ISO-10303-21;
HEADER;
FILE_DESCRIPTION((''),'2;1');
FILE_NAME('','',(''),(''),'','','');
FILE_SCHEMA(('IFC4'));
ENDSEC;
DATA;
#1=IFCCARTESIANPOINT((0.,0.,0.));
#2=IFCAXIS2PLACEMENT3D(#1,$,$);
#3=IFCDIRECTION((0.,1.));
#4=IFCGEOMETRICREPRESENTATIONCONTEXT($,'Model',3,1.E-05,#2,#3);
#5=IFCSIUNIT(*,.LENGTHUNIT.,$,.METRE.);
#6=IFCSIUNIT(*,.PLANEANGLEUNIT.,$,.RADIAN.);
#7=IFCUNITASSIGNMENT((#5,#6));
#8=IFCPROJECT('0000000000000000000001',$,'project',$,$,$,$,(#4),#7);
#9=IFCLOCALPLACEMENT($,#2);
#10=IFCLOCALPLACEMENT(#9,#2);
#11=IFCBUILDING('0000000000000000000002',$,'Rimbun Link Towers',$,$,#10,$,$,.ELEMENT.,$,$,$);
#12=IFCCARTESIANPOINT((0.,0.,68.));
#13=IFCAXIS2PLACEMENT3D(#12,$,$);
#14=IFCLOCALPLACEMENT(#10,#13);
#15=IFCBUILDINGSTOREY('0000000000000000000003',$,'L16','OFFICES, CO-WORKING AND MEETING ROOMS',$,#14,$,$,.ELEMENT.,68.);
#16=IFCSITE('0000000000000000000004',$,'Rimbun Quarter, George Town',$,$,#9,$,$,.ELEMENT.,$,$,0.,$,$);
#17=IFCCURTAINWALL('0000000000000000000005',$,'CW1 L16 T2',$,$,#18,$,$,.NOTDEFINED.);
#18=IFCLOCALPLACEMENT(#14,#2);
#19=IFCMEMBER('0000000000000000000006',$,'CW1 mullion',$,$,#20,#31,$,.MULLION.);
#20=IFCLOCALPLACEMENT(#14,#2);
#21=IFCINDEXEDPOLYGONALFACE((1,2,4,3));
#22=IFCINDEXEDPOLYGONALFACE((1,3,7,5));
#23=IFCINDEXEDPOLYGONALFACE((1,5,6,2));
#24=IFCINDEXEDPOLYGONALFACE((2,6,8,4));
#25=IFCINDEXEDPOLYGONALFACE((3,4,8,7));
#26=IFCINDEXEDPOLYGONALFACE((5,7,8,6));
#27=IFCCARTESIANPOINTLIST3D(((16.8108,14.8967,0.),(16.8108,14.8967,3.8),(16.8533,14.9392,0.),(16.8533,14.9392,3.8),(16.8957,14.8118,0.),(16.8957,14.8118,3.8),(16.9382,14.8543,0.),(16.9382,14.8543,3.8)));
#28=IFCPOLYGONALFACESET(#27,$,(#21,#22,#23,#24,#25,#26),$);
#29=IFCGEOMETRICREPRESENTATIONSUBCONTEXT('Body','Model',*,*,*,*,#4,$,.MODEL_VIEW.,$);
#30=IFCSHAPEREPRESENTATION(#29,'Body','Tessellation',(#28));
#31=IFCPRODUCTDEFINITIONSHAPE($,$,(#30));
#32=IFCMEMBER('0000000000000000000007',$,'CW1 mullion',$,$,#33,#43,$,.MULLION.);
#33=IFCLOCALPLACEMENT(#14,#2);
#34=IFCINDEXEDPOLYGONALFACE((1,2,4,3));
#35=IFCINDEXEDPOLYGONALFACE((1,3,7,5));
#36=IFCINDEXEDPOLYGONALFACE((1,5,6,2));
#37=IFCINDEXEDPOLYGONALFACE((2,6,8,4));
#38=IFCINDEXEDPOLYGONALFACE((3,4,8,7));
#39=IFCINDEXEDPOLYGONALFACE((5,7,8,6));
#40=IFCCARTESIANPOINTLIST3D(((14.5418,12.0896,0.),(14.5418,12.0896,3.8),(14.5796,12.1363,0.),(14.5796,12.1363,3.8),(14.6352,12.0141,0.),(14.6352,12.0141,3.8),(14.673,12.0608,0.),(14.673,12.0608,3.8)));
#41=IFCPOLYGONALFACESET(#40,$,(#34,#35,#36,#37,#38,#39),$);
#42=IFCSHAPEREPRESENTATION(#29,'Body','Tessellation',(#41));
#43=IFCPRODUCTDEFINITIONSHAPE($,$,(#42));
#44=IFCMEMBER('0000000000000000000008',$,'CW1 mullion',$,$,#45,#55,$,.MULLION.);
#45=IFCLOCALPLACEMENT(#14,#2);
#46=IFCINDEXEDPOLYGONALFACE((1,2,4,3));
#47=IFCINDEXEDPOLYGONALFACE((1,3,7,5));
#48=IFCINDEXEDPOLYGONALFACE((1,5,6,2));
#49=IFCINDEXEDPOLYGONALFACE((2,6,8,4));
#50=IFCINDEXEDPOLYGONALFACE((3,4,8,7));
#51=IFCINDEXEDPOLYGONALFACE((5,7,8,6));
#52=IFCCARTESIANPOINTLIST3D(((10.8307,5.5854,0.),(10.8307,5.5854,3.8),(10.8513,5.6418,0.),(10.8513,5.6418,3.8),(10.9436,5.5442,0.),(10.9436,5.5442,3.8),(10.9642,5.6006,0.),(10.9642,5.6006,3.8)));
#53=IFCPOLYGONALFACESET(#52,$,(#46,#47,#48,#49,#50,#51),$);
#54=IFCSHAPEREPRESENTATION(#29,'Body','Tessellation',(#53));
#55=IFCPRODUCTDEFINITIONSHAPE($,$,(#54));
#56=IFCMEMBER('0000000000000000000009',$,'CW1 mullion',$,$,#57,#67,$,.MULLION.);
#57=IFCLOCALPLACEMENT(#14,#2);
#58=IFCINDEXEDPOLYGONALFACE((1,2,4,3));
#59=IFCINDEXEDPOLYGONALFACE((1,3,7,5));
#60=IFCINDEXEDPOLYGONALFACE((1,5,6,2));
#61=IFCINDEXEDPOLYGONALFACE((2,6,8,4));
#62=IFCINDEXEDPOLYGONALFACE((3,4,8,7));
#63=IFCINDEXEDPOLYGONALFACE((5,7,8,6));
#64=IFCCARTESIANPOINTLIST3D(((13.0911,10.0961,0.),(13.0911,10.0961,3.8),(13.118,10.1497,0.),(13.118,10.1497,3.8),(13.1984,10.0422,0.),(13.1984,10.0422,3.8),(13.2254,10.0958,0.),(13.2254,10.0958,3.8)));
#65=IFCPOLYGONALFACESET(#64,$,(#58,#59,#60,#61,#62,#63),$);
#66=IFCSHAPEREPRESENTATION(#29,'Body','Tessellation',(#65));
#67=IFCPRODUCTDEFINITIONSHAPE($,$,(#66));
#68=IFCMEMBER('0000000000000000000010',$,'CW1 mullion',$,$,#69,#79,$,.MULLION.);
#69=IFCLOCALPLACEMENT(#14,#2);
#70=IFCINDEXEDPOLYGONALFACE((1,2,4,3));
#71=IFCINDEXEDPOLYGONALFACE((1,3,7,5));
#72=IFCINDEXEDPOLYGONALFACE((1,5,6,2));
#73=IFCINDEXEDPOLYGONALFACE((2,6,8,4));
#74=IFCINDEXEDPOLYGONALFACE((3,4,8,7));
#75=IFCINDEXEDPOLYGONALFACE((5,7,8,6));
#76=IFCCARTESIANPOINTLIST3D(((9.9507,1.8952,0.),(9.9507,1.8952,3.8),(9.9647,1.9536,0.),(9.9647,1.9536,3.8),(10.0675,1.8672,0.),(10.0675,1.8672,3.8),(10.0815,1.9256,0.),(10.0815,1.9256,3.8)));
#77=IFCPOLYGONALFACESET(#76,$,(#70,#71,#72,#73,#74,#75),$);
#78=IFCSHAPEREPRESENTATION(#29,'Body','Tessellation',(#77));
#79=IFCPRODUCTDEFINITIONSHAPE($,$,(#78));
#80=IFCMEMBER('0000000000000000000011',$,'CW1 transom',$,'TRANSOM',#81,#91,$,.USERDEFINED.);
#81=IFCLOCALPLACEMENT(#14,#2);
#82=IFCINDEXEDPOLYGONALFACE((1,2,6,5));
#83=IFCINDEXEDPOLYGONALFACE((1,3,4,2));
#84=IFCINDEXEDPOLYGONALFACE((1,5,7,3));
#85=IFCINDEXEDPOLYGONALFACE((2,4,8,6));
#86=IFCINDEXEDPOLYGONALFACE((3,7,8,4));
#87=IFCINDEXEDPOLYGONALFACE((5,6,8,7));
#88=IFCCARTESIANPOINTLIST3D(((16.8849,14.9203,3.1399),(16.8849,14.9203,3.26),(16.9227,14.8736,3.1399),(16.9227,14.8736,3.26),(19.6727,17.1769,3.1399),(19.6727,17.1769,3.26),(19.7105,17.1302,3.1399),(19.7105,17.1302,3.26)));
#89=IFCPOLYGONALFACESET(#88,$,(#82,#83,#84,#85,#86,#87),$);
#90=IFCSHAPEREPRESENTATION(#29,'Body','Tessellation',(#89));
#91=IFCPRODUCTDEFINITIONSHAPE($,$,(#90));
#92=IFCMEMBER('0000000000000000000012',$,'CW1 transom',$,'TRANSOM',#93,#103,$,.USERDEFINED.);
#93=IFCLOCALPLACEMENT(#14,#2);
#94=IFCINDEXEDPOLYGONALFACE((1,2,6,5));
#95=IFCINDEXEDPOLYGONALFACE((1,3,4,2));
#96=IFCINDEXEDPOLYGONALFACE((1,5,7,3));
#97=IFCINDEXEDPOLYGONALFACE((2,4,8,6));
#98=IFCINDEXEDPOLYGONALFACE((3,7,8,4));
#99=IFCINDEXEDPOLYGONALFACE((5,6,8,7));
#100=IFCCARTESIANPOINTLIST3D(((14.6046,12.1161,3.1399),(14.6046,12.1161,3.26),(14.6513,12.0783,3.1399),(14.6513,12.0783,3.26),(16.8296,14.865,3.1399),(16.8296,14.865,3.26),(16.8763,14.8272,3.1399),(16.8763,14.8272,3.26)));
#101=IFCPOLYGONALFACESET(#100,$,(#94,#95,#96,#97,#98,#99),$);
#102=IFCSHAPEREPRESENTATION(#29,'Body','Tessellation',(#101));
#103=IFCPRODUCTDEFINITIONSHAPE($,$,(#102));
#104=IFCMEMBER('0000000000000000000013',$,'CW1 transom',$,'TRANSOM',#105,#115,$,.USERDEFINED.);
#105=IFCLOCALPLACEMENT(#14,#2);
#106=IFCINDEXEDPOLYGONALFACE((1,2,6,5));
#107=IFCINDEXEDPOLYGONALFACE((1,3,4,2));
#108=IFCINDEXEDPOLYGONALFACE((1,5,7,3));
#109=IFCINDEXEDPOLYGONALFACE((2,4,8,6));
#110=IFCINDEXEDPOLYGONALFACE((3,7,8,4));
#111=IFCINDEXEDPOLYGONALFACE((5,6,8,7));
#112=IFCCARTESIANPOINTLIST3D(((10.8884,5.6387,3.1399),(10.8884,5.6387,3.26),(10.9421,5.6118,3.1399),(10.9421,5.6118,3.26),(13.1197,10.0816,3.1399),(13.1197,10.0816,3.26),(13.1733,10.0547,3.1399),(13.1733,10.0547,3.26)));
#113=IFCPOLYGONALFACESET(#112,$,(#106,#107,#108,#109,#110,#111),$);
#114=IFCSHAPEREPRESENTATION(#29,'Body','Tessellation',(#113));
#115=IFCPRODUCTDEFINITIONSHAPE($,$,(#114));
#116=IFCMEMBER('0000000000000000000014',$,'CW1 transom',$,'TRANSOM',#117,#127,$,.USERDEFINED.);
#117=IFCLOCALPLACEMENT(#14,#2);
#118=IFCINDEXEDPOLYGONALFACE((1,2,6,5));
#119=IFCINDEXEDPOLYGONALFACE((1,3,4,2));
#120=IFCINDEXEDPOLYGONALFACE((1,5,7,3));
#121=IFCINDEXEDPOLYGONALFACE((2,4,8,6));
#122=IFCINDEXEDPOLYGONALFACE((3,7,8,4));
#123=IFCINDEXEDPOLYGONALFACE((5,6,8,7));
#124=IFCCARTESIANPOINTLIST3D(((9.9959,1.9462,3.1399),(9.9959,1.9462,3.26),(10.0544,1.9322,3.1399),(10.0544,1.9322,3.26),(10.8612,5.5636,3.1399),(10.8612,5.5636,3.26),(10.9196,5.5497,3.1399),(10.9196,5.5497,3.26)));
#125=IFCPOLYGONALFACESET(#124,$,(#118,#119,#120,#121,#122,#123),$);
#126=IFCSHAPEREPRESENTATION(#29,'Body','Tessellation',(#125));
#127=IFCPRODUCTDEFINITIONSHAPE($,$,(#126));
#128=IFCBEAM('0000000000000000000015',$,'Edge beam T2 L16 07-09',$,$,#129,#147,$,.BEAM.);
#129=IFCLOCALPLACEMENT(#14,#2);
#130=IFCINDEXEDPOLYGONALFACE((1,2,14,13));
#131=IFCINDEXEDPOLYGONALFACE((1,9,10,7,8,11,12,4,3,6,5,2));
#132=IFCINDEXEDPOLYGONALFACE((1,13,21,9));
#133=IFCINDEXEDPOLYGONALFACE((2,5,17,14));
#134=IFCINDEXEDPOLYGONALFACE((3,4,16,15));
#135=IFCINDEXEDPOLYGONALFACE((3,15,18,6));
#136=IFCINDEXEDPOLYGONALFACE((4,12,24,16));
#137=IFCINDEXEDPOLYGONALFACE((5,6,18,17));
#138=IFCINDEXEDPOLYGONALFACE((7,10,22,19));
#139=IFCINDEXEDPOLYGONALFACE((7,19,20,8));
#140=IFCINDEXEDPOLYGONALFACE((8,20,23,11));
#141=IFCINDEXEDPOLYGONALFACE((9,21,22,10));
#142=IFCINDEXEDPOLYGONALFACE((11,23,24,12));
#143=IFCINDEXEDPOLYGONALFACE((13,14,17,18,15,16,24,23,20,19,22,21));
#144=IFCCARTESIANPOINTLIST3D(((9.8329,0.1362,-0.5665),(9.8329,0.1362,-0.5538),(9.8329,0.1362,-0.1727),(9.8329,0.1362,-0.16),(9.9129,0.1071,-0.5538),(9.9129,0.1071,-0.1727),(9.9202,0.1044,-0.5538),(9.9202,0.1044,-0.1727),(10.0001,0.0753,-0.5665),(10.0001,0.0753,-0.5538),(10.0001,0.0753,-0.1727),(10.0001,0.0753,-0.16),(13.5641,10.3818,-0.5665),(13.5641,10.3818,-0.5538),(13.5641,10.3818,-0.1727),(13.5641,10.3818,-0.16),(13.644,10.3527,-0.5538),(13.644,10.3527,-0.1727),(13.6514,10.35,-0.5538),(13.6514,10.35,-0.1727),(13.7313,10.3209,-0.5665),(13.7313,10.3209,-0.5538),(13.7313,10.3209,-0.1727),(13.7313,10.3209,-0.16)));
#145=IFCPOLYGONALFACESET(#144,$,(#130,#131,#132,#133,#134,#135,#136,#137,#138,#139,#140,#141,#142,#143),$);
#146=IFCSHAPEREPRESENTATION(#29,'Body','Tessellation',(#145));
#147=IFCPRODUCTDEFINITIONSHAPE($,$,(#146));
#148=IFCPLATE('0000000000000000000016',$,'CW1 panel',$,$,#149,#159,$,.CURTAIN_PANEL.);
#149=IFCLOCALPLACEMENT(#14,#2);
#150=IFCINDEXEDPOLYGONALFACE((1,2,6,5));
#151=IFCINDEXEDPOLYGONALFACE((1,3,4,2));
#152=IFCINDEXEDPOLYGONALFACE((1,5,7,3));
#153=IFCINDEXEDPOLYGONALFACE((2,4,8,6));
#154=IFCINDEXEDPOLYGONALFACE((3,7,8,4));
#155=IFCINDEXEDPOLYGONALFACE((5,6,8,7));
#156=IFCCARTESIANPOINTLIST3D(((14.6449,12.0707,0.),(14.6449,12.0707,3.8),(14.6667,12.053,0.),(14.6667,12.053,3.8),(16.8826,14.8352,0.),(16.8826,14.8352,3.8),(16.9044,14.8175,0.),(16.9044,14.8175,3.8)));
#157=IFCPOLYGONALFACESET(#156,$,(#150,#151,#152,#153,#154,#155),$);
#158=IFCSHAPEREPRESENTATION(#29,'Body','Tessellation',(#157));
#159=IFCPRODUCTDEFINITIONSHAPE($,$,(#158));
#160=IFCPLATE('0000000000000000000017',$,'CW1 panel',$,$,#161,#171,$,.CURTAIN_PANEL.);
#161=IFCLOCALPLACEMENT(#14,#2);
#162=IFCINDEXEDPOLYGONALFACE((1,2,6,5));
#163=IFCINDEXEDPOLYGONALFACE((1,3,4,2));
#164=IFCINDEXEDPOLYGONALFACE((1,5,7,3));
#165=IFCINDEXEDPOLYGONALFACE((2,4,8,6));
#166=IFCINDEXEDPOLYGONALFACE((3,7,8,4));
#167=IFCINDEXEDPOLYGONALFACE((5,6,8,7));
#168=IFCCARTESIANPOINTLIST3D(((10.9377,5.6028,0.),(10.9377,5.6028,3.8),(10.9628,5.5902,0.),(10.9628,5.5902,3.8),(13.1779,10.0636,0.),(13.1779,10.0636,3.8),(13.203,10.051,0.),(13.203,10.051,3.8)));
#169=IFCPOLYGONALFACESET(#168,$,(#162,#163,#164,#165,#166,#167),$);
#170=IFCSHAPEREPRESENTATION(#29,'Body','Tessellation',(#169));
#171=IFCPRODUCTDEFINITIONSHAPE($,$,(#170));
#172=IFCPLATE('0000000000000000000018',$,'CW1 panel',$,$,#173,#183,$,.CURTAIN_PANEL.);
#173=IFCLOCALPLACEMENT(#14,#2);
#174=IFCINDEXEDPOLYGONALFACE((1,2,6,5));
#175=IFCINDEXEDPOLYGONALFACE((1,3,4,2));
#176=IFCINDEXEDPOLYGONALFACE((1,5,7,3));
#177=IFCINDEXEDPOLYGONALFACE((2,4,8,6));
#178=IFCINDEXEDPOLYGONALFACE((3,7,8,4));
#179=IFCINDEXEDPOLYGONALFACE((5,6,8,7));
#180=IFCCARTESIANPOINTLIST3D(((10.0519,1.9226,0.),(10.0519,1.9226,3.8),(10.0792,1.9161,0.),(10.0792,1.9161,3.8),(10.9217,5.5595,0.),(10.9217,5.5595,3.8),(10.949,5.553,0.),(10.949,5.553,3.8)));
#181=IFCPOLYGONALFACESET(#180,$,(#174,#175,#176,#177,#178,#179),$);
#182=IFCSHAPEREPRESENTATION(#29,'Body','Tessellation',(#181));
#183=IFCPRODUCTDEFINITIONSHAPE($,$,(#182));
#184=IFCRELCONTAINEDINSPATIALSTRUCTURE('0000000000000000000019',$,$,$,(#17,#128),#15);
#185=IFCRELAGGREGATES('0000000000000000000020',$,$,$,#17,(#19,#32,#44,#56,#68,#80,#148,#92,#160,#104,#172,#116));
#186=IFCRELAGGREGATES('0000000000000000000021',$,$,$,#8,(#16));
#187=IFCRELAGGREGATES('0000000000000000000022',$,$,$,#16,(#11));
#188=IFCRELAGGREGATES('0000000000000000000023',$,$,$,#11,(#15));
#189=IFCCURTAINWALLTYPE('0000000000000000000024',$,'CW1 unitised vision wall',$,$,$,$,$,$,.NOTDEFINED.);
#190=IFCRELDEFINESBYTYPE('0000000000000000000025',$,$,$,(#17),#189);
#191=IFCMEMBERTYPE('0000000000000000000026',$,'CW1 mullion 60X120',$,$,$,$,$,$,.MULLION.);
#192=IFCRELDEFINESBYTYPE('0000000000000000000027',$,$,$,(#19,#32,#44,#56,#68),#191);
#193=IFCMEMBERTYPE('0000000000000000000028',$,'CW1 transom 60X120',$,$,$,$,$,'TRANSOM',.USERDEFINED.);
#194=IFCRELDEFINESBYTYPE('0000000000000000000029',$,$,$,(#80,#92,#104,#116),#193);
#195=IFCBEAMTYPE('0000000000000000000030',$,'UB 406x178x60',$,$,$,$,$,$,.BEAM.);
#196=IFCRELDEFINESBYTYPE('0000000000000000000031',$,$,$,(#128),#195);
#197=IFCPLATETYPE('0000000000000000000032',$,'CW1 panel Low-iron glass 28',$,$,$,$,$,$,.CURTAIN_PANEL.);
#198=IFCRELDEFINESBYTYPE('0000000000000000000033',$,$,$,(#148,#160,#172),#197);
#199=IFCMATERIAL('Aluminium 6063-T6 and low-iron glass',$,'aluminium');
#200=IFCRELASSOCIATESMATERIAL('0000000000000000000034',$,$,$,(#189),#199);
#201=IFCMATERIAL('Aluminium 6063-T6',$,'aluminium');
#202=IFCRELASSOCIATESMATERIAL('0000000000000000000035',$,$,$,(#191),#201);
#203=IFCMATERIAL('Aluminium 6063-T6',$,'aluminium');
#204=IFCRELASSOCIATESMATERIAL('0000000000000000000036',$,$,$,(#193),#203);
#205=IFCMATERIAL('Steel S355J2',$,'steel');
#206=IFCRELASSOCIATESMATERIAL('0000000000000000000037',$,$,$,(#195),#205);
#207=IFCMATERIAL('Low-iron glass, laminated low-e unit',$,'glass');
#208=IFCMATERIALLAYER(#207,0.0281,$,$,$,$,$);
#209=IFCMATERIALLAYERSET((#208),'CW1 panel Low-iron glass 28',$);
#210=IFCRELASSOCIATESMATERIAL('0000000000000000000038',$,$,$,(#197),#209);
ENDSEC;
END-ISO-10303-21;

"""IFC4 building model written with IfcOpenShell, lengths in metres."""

from ifc_helpers import new_model, si_unit, direction, frame, origin, origin_2d, place, context, subcontext, project, spatial, rectangle, i_section, extrude, material, layer, layer_set, material_profile, profile_set, type_object, element, aggregate, save


model = new_model("IFC4")

# Units and contexts
model_context = context("Model", 3, precision=1e-05, world=origin(), true_north=direction((0.0, 1.0)))
body_context = subcontext(model_context, "Body", "Model", "MODEL_VIEW")
ifc_project = project(units=[si_unit("LENGTHUNIT", "METRE"), si_unit("PLANEANGLEUNIT", "RADIAN")], contexts=[model_context])

# Site, building, storey
site_placement = place(None, origin())
site = spatial("IfcSite", under=ifc_project, at=site_placement, Name="Rimbun Quarter, George Town", CompositionType="ELEMENT", RefElevation=0.0)
building_placement = place(site_placement, origin())
building = spatial("IfcBuilding", under=site, at=building_placement, Name="Rimbun Link Towers", CompositionType="ELEMENT")
storey_placement = place(building_placement, frame((0.0, 0.0, 68.0)))
storey = spatial("IfcBuildingStorey", under=building, at=storey_placement, Name="L16", Description="OFFICES, CO-WORKING AND MEETING ROOMS", CompositionType="ELEMENT", Elevation=68.0)

# Curtain wall, members
ifc_material_1 = material(Name="Aluminium 6063-T6 and low-iron glass", Category="aluminium")
curtain_wall_type = type_object("IfcCurtainWallType", Name="CW1 unitised vision wall", PredefinedType="NOTDEFINED", material=ifc_material_1)
curtain_wall_placement = place(storey_placement, origin())
curtain_wall = element("IfcCurtainWall", 1, at=curtain_wall_placement, inside=storey, type_object=curtain_wall_type, Name="CW1 L16 T2", PredefinedType="NOTDEFINED")
ifc_material_2 = material(Name="Aluminium 6063-T6", Category="aluminium")
ifc_material_profile_1 = material_profile(ifc_material_2, rectangle(XDim=0.1201, YDim=0.0601, at=origin_2d()), Name="MULLION 60X120")
ifc_profile_set_1 = profile_set([ifc_material_profile_1], Name="Aluminium 6063-T6")
member_type_1 = type_object("IfcMemberType", Name="CW1 mullion 60X120", PredefinedType="MULLION", material=ifc_profile_set_1)
member_1_placement = place(storey_placement, frame((16.8745, 14.8755, 0.0), z_axis=(0.0, 0.0, 1.0), x_axis=(-0.707107, 0.707107, 0.0)))
member_1 = element("IfcMember", 2, at=member_1_placement, type_object=member_type_1, Name="CW1 mullion", PredefinedType="MULLION", context=body_context, shape_type="SweptSolid", body=[
    extrude(rectangle(XDim=0.1201, YDim=0.0601, at=origin_2d()), origin(), (0.0, 0.0, 1.0), 3.8),
])
member_2_placement = place(storey_placement, frame((14.6074, 12.0752, 0.0), z_axis=(0.0, 0.0, 1.0), x_axis=(-0.77728, 0.629155, 0.0)))
member_2 = element("IfcMember", 3, at=member_2_placement, type_object=member_type_1, Name="CW1 mullion", PredefinedType="MULLION", context=body_context, shape_type="SweptSolid", body=[
    extrude(rectangle(XDim=0.1201, YDim=0.0601, at=origin_2d()), origin(), (0.0, 0.0, 1.0), 3.8),
])
member_3_placement = place(storey_placement, frame((10.8975, 5.593, 0.0), z_axis=(0.0, 0.0, 1.0), x_axis=(-0.939346, 0.34297, 0.0)))
member_3 = element("IfcMember", 4, at=member_3_placement, type_object=member_type_1, Name="CW1 mullion", PredefinedType="MULLION", context=body_context, shape_type="SweptSolid", body=[
    extrude(rectangle(XDim=0.1201, YDim=0.0601, at=origin_2d()), origin(), (0.0, 0.0, 1.0), 3.8),
])
member_4_placement = place(storey_placement, frame((13.1582, 10.0959, 0.0), z_axis=(0.0, 0.0, 1.0), x_axis=(-0.893641, 0.448782, 0.0)))
member_4 = element("IfcMember", 5, at=member_4_placement, type_object=member_type_1, Name="CW1 mullion", PredefinedType="MULLION", context=body_context, shape_type="SweptSolid", body=[
    extrude(rectangle(XDim=0.1201, YDim=0.0601, at=origin_2d()), origin(), (0.0, 0.0, 1.0), 3.8),
])
member_5_placement = place(storey_placement, frame((10.0161, 1.9104, 0.0), z_axis=(0.0, 0.0, 1.0), x_axis=(-0.972572, 0.232601, 0.0)))
member_5 = element("IfcMember", 6, at=member_5_placement, type_object=member_type_1, Name="CW1 mullion", PredefinedType="MULLION", context=body_context, shape_type="SweptSolid", body=[
    extrude(rectangle(XDim=0.1201, YDim=0.0601, at=origin_2d()), origin(), (0.0, 0.0, 1.0), 3.8),
])
ifc_material_3 = material(Name="Aluminium 6063-T6", Category="aluminium")
ifc_material_profile_2 = material_profile(ifc_material_3, rectangle(XDim=0.0601, YDim=0.1201, at=origin_2d()), Name="TRANSOM 60X120")
ifc_profile_set_2 = profile_set([ifc_material_profile_2], Name="Aluminium 6063-T6")
member_type_2 = type_object("IfcMemberType", Name="CW1 transom 60X120", ElementType="TRANSOM", PredefinedType="USERDEFINED", material=ifc_profile_set_2)
member_6_placement = place(storey_placement, frame((16.9038, 14.897, 3.2), z_axis=(0.777277, 0.629159, 0.0), x_axis=(-0.629159, 0.777277, 0.0)))
member_6 = element("IfcMember", 7, at=member_6_placement, type_object=member_type_2, Name="CW1 transom", ObjectType="TRANSOM", PredefinedType="USERDEFINED", context=body_context, shape_type="SweptSolid", body=[
    extrude(rectangle(XDim=0.0601, YDim=0.1201, at=origin_2d()), origin(), (0.0, 0.0, 1.0), 3.5867),
])
member_7_placement = place(storey_placement, frame((14.6279, 12.0972, 3.2), z_axis=(0.629147, 0.777287, 0.0), x_axis=(-0.777287, 0.629147, 0.0)))
member_7 = element("IfcMember", 8, at=member_7_placement, type_object=member_type_2, Name="CW1 transom", ObjectType="TRANSOM", PredefinedType="USERDEFINED", context=body_context, shape_type="SweptSolid", body=[
    extrude(rectangle(XDim=0.0601, YDim=0.1201, at=origin_2d()), origin(), (0.0, 0.0, 1.0), 3.5366),
])
member_8_placement = place(storey_placement, frame((10.9153, 5.6252, 3.2), z_axis=(0.448784, 0.89364, 0.0), x_axis=(-0.89364, 0.448784, 0.0)))
member_8 = element("IfcMember", 9, at=member_8_placement, type_object=member_type_2, Name="CW1 transom", ObjectType="TRANSOM", PredefinedType="USERDEFINED", context=body_context, shape_type="SweptSolid", body=[
    extrude(rectangle(XDim=0.0601, YDim=0.1201, at=origin_2d()), origin(), (0.0, 0.0, 1.0), 4.9717),
])
member_9_placement = place(storey_placement, frame((10.0251, 1.9392, 3.2), z_axis=(0.232623, 0.972567, 0.0), x_axis=(-0.972567, 0.232623, 0.0)))
member_9 = element("IfcMember", 10, at=member_9_placement, type_object=member_type_2, Name="CW1 transom", ObjectType="TRANSOM", PredefinedType="USERDEFINED", context=body_context, shape_type="SweptSolid", body=[
    extrude(rectangle(XDim=0.0601, YDim=0.1201, at=origin_2d()), origin(), (0.0, 0.0, 1.0), 3.7195),
])

# Beam
ifc_material_4 = material(Name="Steel S355J2", Category="steel")
ifc_material_profile_3 = material_profile(ifc_material_4, i_section(OverallWidth=0.178, OverallDepth=0.4065, WebThickness=0.0078, FlangeThickness=0.0127, at=origin_2d()), Name="UB 406x178x60")
ifc_profile_set_3 = profile_set([ifc_material_profile_3], Name="Steel S355J2")
beam_type = type_object("IfcBeamType", Name="UB 406x178x60", PredefinedType="BEAM", material=ifc_profile_set_3)
beam_placement = place(storey_placement, frame((13.6477, 10.3513, -0.3633), z_axis=(-0.342191, -0.939631, 0.0), x_axis=(0.939631, -0.342191, 0.0)))
element("IfcBeam", 11, at=beam_placement, inside=storey, type_object=beam_type, Name="Edge beam T2 L16 07-09", PredefinedType="BEAM", context=body_context, shape_type="SweptSolid", body=[
    extrude(i_section(OverallWidth=0.178, OverallDepth=0.4065, WebThickness=0.0078, FlangeThickness=0.0127, at=origin_2d()), origin(), (0.0, 0.0, 1.0), 10.9038),
])

# Plates
ifc_material_5 = material(Name="Low-iron glass, laminated low-e unit", Category="glass")
ifc_layer_1 = layer(ifc_material_5, 0.0281)
ifc_layer_set_1 = layer_set([ifc_layer_1], Name="CW1 panel Low-iron glass 28")
plate_type = type_object("IfcPlateType", Name="CW1 panel Low-iron glass 28", PredefinedType="CURTAIN_PANEL", material=ifc_layer_set_1)
plate_1_placement = place(storey_placement, frame((15.7747, 13.4441, 0.0), z_axis=(0.0, 0.0, 1.0), x_axis=(0.629155, 0.77728, 0.0)))
plate_1 = element("IfcPlate", 12, at=plate_1_placement, type_object=plate_type, Name="CW1 panel", PredefinedType="CURTAIN_PANEL", context=body_context, shape_type="SweptSolid", body=[
    extrude(rectangle(XDim=3.5566, YDim=0.0281, at=origin_2d()), origin(), (0.0, 0.0, 1.0), 3.8),
])
plate_2_placement = place(storey_placement, frame((12.0703, 7.8269, 0.0), z_axis=(0.0, 0.0, 1.0), x_axis=(0.448782, 0.893641, 0.0)))
plate_2 = element("IfcPlate", 13, at=plate_2_placement, type_object=plate_type, Name="CW1 panel", PredefinedType="CURTAIN_PANEL", context=body_context, shape_type="SweptSolid", body=[
    extrude(rectangle(XDim=4.9917, YDim=0.0281, at=origin_2d()), origin(), (0.0, 0.0, 1.0), 3.8),
])
plate_3_placement = place(storey_placement, frame((10.5005, 3.7378, 0.0), z_axis=(0.0, 0.0, 1.0), x_axis=(0.232601, 0.972572, 0.0)))
plate_3 = element("IfcPlate", 14, at=plate_3_placement, type_object=plate_type, Name="CW1 panel", PredefinedType="CURTAIN_PANEL", context=body_context, shape_type="SweptSolid", body=[
    extrude(rectangle(XDim=3.7395, YDim=0.0281, at=origin_2d()), origin(), (0.0, 0.0, 1.0), 3.8),
])
aggregate(curtain_wall, [member_1, member_2, member_3, member_4, member_5, member_6, plate_1, member_7, plate_2, member_8, plate_3, member_9])

save(model, "model.ifc")
